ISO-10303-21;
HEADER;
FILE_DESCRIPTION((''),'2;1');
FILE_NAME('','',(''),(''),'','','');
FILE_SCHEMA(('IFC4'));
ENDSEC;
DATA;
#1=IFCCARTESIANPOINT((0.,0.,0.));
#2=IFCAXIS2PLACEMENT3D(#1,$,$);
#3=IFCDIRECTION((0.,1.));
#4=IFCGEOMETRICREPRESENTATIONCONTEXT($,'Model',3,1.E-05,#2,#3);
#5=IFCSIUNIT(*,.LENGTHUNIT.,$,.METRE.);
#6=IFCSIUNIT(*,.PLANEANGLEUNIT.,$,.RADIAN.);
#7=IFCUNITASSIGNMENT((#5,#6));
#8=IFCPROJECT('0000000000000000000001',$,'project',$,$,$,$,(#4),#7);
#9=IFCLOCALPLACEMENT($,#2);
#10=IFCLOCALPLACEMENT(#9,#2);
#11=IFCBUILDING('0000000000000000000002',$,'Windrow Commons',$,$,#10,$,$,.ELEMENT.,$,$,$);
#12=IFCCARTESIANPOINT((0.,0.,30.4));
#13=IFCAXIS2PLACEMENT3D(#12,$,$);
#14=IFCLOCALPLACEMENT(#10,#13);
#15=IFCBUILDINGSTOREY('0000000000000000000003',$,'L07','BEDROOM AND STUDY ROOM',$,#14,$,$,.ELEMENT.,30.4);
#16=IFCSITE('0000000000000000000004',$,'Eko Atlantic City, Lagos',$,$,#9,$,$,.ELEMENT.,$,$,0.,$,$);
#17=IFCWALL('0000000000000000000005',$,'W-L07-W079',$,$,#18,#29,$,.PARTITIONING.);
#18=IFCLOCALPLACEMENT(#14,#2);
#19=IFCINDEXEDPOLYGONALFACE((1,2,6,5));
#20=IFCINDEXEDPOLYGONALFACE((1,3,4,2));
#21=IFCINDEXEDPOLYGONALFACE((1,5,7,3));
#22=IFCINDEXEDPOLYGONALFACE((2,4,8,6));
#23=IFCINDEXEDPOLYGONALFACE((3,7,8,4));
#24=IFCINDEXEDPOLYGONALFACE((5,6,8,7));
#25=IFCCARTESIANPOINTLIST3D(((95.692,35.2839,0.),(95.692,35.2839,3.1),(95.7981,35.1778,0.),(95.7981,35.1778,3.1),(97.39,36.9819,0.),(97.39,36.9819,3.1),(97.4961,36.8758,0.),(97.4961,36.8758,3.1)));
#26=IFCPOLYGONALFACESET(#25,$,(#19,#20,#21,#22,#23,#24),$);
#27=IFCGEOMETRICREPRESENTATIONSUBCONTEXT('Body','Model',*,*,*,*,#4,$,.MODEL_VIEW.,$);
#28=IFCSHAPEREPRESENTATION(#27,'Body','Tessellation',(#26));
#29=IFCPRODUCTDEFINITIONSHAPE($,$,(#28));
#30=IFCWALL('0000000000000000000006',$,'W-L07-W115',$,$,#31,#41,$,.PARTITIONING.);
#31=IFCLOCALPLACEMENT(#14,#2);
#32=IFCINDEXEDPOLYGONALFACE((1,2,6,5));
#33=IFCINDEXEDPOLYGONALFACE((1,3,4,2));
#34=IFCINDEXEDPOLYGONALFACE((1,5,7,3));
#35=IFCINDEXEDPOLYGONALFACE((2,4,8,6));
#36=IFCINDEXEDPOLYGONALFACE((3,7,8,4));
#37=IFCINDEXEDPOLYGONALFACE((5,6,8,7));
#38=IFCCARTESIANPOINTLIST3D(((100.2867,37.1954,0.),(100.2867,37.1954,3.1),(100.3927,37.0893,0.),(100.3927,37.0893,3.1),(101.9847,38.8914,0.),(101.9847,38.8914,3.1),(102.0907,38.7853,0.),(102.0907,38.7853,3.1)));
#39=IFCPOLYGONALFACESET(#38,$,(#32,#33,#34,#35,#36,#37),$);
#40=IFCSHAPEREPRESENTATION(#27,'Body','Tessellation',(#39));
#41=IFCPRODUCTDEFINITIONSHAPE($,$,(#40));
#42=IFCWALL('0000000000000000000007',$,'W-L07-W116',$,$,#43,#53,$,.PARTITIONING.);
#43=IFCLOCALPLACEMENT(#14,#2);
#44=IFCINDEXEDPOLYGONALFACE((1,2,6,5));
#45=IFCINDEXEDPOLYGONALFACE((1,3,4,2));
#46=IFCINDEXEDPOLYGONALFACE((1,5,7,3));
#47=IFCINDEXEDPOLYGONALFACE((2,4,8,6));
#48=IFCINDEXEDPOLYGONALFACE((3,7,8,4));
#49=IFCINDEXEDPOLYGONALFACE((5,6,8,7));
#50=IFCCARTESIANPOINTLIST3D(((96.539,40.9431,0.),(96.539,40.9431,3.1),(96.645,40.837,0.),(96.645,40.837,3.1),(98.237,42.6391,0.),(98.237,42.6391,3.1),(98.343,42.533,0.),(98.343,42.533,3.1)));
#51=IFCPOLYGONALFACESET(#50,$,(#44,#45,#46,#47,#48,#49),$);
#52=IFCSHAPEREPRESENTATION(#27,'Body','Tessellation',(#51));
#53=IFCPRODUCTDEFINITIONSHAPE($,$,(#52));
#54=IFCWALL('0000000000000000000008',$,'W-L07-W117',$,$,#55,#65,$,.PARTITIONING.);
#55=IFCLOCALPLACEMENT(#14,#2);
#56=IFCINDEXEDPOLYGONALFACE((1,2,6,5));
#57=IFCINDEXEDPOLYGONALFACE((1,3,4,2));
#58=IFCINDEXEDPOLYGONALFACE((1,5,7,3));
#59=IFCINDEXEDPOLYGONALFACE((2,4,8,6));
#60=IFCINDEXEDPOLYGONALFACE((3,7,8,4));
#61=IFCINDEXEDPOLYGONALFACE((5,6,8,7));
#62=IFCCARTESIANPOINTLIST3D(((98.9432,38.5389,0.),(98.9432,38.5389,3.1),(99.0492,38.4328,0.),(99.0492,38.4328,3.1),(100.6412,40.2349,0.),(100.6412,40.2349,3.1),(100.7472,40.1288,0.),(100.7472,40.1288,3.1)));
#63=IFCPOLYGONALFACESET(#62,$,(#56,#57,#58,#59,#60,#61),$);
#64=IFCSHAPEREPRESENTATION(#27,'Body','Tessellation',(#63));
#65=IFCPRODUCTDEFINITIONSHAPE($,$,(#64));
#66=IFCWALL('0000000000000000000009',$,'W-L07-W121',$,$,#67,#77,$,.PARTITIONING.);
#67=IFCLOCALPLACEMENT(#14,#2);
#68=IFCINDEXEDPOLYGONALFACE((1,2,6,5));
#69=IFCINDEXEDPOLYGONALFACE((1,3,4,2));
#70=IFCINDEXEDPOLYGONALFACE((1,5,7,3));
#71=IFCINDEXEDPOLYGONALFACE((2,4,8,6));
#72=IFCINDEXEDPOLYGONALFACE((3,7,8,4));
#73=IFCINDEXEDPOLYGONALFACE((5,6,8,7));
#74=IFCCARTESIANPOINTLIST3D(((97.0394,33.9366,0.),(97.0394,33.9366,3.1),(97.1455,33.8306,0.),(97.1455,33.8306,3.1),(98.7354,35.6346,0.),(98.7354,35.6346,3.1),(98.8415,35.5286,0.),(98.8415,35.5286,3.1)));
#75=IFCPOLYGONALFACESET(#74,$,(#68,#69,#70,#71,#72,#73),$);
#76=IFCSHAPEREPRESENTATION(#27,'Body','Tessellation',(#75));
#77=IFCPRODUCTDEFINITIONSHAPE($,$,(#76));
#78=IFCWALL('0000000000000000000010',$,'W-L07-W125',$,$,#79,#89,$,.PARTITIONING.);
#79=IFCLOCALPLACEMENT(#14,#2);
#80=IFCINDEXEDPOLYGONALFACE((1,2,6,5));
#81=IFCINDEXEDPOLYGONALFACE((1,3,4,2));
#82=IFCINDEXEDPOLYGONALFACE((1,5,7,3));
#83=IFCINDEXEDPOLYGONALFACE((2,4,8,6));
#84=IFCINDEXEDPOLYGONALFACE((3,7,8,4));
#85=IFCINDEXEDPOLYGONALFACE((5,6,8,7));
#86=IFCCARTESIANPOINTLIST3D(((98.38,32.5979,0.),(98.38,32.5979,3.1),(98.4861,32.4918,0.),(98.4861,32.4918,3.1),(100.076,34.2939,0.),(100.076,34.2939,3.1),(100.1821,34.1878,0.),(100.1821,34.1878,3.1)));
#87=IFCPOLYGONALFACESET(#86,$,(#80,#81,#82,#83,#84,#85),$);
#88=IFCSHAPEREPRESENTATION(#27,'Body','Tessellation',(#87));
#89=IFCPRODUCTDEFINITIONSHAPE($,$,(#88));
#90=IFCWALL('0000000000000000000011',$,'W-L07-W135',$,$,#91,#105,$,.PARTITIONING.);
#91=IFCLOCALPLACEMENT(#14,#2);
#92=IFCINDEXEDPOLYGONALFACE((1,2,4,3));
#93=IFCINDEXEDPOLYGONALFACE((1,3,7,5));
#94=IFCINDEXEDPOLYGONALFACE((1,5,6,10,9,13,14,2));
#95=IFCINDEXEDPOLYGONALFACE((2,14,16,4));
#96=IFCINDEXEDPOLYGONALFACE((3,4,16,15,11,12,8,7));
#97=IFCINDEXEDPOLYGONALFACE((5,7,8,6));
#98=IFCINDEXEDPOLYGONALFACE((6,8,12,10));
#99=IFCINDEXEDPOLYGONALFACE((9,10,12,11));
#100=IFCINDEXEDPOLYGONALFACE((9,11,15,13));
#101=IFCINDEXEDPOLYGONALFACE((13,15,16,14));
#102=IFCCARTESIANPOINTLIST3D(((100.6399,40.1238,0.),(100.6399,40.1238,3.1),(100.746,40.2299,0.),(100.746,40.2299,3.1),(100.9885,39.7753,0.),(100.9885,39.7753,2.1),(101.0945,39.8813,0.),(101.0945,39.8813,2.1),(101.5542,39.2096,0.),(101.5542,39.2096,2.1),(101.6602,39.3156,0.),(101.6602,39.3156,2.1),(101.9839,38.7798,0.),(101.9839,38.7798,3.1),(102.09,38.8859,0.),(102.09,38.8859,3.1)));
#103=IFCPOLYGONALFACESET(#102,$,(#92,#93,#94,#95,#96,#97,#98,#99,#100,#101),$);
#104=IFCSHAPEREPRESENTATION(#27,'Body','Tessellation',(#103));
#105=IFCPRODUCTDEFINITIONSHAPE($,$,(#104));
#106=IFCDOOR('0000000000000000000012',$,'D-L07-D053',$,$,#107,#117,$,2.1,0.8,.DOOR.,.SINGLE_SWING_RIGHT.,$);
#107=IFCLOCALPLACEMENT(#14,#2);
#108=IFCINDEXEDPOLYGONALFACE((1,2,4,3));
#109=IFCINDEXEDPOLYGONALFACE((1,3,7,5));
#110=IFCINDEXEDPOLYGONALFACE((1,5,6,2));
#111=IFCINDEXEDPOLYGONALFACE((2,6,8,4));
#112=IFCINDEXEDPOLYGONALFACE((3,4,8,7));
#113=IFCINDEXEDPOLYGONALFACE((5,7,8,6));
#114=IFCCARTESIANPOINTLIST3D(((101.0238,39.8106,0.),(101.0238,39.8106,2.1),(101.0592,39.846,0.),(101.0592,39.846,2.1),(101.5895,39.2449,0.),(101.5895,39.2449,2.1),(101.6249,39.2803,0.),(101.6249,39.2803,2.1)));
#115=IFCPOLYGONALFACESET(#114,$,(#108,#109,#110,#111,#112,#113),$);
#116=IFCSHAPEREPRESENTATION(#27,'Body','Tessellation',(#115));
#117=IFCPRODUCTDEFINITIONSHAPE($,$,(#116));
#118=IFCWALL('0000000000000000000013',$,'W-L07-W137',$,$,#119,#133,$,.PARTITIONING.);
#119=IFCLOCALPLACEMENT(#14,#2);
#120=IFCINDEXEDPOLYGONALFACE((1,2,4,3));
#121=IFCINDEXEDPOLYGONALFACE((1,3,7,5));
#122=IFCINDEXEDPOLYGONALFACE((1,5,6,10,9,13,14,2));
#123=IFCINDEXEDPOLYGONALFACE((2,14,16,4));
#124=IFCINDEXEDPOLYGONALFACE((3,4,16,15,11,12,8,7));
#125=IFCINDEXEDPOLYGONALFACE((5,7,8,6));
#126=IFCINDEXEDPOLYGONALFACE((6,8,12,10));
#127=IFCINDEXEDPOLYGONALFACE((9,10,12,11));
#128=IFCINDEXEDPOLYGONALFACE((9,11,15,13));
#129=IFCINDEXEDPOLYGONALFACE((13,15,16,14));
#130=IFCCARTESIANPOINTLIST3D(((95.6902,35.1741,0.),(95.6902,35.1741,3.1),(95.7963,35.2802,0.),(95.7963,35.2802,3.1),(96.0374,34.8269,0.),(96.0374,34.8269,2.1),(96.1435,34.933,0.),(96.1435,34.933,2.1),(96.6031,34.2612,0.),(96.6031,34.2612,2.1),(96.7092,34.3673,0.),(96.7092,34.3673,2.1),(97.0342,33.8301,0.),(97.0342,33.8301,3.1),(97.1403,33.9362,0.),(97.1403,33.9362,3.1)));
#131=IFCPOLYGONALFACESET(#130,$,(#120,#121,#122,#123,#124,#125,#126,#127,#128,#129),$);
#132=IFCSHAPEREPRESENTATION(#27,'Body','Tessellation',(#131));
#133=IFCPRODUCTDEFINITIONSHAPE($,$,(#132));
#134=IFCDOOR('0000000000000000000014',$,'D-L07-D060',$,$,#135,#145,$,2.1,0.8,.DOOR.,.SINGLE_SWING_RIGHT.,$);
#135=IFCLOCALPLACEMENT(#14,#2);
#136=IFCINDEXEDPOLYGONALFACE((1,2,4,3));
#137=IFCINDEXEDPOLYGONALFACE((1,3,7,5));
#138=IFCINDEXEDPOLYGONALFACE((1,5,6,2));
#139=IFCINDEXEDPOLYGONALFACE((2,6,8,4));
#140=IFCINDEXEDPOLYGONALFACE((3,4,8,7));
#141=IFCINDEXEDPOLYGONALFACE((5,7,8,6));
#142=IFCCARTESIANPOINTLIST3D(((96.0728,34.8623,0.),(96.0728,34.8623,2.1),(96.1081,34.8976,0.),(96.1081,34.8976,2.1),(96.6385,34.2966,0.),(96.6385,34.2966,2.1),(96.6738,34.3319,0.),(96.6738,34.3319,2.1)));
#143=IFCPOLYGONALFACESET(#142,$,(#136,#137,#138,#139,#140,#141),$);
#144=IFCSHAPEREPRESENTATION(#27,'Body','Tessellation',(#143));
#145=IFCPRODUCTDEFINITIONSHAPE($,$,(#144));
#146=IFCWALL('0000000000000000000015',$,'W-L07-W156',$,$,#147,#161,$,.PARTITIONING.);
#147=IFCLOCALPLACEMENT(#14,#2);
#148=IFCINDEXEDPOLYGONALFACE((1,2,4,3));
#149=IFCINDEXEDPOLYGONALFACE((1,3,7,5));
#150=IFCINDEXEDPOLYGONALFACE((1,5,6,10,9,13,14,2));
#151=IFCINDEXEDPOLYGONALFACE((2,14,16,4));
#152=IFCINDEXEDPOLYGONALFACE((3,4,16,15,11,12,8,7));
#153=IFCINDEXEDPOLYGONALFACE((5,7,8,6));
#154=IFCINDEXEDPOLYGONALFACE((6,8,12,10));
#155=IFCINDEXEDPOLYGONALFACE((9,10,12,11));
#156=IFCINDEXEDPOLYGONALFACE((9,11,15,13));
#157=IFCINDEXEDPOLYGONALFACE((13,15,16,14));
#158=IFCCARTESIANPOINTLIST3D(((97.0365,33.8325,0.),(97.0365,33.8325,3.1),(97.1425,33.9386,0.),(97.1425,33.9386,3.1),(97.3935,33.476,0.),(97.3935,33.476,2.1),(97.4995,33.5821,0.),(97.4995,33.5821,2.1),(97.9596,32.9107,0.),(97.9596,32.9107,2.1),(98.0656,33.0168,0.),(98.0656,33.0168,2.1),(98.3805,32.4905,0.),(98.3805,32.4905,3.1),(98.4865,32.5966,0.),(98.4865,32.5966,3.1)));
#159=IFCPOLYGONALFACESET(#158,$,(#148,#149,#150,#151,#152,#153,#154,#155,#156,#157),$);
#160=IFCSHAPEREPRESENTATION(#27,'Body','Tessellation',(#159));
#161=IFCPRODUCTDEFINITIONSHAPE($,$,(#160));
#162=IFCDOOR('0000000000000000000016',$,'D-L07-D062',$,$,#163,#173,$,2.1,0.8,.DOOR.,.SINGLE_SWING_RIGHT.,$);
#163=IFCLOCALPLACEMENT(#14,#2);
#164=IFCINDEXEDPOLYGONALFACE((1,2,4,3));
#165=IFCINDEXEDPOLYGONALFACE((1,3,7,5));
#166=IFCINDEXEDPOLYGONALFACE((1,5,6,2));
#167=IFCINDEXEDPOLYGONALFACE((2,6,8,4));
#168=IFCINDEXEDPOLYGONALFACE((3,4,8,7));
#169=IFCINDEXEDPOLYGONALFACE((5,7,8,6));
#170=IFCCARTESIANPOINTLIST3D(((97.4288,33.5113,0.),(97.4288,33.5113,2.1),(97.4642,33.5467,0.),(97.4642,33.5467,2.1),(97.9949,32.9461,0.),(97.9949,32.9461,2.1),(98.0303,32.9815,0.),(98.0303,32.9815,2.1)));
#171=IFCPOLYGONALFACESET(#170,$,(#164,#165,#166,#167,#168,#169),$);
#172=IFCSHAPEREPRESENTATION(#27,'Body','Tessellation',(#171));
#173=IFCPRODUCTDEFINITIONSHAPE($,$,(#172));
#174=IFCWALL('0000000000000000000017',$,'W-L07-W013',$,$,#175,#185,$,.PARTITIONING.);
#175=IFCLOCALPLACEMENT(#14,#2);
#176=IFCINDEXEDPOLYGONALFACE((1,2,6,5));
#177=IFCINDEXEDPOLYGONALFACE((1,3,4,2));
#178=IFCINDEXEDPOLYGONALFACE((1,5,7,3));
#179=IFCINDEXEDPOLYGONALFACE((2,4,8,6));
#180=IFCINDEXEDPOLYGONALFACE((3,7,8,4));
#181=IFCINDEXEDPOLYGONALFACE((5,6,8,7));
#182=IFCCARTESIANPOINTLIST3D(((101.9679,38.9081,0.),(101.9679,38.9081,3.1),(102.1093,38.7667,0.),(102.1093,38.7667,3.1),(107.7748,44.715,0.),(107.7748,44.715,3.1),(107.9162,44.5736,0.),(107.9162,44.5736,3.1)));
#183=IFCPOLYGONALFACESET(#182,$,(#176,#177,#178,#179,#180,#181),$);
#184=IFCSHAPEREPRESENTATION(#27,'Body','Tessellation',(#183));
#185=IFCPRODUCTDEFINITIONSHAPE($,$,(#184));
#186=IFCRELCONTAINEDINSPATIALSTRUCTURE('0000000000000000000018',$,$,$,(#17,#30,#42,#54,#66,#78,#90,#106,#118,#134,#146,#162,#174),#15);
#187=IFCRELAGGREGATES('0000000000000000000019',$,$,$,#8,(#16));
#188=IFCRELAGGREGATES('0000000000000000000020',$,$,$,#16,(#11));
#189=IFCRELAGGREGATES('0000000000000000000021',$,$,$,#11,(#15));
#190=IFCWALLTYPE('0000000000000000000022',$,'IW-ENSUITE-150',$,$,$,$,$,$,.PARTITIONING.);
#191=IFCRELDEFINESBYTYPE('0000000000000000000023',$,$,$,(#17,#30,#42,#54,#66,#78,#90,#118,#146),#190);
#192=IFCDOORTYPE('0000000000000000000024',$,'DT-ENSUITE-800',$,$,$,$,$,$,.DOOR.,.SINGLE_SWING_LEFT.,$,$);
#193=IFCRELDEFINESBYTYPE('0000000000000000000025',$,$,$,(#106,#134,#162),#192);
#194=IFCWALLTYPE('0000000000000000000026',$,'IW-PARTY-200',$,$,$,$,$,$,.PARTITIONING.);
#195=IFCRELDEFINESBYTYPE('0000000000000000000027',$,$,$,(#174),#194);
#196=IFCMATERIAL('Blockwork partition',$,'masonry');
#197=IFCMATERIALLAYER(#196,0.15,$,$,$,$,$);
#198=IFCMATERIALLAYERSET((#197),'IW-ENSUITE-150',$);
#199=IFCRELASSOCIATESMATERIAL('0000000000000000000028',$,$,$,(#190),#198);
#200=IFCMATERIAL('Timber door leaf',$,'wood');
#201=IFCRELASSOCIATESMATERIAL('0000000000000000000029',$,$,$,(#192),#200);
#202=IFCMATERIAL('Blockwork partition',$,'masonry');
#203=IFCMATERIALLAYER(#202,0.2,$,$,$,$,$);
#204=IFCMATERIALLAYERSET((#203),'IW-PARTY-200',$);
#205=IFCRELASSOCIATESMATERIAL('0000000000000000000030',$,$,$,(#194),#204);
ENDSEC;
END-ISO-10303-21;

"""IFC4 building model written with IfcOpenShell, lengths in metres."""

from ifc_helpers import new_model, si_unit, direction, frame, frame_2d, origin, place, context, subcontext, project, spatial, rectangle, extrude, material, layer, layer_set, type_object, element, fill, save


model = new_model("IFC4")

# Units and contexts
model_context = context("Model", 3, precision=1e-05, world=origin(), true_north=direction((0.0, 1.0)))
body_context = subcontext(model_context, "Body", "Model", "MODEL_VIEW")
ifc_project = project(units=[si_unit("LENGTHUNIT", "METRE"), si_unit("PLANEANGLEUNIT", "RADIAN")], contexts=[model_context])

# Site, building, storey
site_placement = place(None, origin())
site = spatial("IfcSite", under=ifc_project, at=site_placement, Name="Eko Atlantic City, Lagos", CompositionType="ELEMENT", RefElevation=0.0)
building_placement = place(site_placement, origin())
building = spatial("IfcBuilding", under=site, at=building_placement, Name="Windrow Commons", CompositionType="ELEMENT")
storey_placement = place(building_placement, frame((0.0, 0.0, 30.4)))
storey = spatial("IfcBuildingStorey", under=building, at=storey_placement, Name="L07", Description="BEDROOM AND STUDY ROOM", CompositionType="ELEMENT", Elevation=30.4)

# Walls
ifc_material_1 = material(Name="Blockwork partition", Category="masonry")
ifc_layer_1 = layer(ifc_material_1, 0.15)
ifc_layer_set_1 = layer_set([ifc_layer_1], Name="IW-ENSUITE-150")
wall_type_1 = type_object("IfcWallType", Name="IW-ENSUITE-150", PredefinedType="PARTITIONING", material=ifc_layer_set_1)
wall_1_placement = place(storey_placement, frame((95.7451, 35.2309, 0.0), z_axis=(0.0, 0.0, 1.0), x_axis=(0.707107, 0.707107, 0.0)))
element("IfcWall", 1, at=wall_1_placement, inside=storey, type_object=wall_type_1, Name="W-L07-W079", PredefinedType="PARTITIONING", context=body_context, shape_type="SweptSolid", body=[
    extrude(rectangle(XDim=2.4013, YDim=0.15, at=frame_2d((1.2006, 0.0))), origin(), (0.0, 0.0, 1.0), 3.1),
])
for number, where, z_axis, x_axis, name in (
    (2, (100.3397, 37.1423, 0.0), (0.0, 0.0, 1.0), (0.707523, 0.70669, 0.0), "W-L07-W115"),
    (3, (96.592, 40.89, 0.0), (0.0, 0.0, 1.0), (0.707523, 0.70669, 0.0), "W-L07-W116"),
    (4, (98.9962, 38.4858, 0.0), (0.0, 0.0, 1.0), (0.707523, 0.70669, 0.0), "W-L07-W117"),
    (5, (97.0924, 33.8836, 0.0), (0.0, 0.0, 1.0), (0.70669, 0.707523, 0.0), "W-L07-W121"),
):
    element("IfcWall", number, at=place(storey_placement, frame(where, z_axis=z_axis, x_axis=x_axis)), inside=storey, type_object=wall_type_1, Name=name, PredefinedType="PARTITIONING", context=body_context, shape_type="SweptSolid", body=[
        extrude(rectangle(XDim=2.3999, YDim=0.15, at=frame_2d((1.2, 0.0))), origin(), (0.0, 0.0, 1.0), 3.1),
    ])
wall_2_placement = place(storey_placement, frame((98.4331, 32.5449, 0.0), z_axis=(0.0, 0.0, 1.0), x_axis=(0.707107, 0.707107, 0.0)))
element("IfcWall", 6, at=wall_2_placement, inside=storey, type_object=wall_type_1, Name="W-L07-W125", PredefinedType="PARTITIONING", context=body_context, shape_type="SweptSolid", body=[
    extrude(rectangle(XDim=2.3985, YDim=0.15, at=frame_2d((1.1992, 0.0))), origin(), (0.0, 0.0, 1.0), 3.1),
])

# Walls, openings, doors
wall_3_placement = place(storey_placement, frame((100.6929, 40.1769, 0.0), z_axis=(0.0, 0.0, 1.0), x_axis=(0.707107, -0.707107, 0.0)))
wall_3 = element("IfcWall", 7, at=wall_3_placement, inside=storey, type_object=wall_type_1, Name="W-L07-W135", PredefinedType="PARTITIONING", context=body_context, shape_type="SweptSolid", body=[
    extrude(rectangle(XDim=1.9007, YDim=0.15, at=frame_2d((0.9504, 0.0))), origin(), (0.0, 0.0, 1.0), 3.1),
])
opening_1_placement = place(wall_3_placement, frame((0.493, 0.0, 0.0)))
opening_1 = element("IfcOpeningElement", 8, at=opening_1_placement, cuts=wall_3, PredefinedType="OPENING", context=body_context, shape_type="SweptSolid", body=[
    extrude(rectangle(XDim=0.8, YDim=2.1, at=frame_2d((0.4, 1.05))), frame((0.0, 0.085, 0.0), z_axis=(0.0, -1.0, 0.0), x_axis=(1.0, 0.0, 0.0)), (0.0, 0.0, 1.0), 0.17),
])
ifc_material_2 = material(Name="Timber door leaf", Category="wood")
door_type = type_object("IfcDoorType", Name="DT-ENSUITE-800", OperationType="SINGLE_SWING_LEFT", PredefinedType="DOOR", material=ifc_material_2)
door_1_placement = place(opening_1_placement, origin())
door_1 = element("IfcDoor", 9, at=door_1_placement, inside=storey, type_object=door_type, Name="D-L07-D053", OperationType="SINGLE_SWING_RIGHT", OverallHeight=2.1, OverallWidth=0.8, PredefinedType="DOOR", context=body_context, shape_type="SweptSolid", body=[
    extrude(rectangle(XDim=0.8, YDim=2.1, at=frame_2d((0.4, 1.05))), frame((0.0, 0.025, 0.0), z_axis=(0.0, -1.0, 0.0), x_axis=(1.0, 0.0, 0.0)), (0.0, 0.0, 1.0), 0.05),
])
fill(opening_1, door_1)
wall_4_placement = place(storey_placement, frame((95.7432, 35.2272, 0.0), z_axis=(0.0, 0.0, 1.0), x_axis=(0.707107, -0.707107, 0.0)))
wall_4 = element("IfcWall", 10, at=wall_4_placement, inside=storey, type_object=wall_type_1, Name="W-L07-W137", PredefinedType="PARTITIONING", context=body_context, shape_type="SweptSolid", body=[
    extrude(rectangle(XDim=1.9007, YDim=0.15, at=frame_2d((0.9504, 0.0))), origin(), (0.0, 0.0, 1.0), 3.1),
])
opening_2_placement = place(wall_4_placement, frame((0.4911, 0.0, 0.0)))
opening_2 = element("IfcOpeningElement", 11, at=opening_2_placement, cuts=wall_4, PredefinedType="OPENING", context=body_context, shape_type="SweptSolid", body=[
    extrude(rectangle(XDim=0.8, YDim=2.1, at=frame_2d((0.4, 1.05))), frame((0.0, 0.085, 0.0), z_axis=(0.0, -1.0, 0.0), x_axis=(1.0, 0.0, 0.0)), (0.0, 0.0, 1.0), 0.17),
])
door_2_placement = place(opening_2_placement, origin())
door_2 = element("IfcDoor", 12, at=door_2_placement, inside=storey, type_object=door_type, Name="D-L07-D060", OperationType="SINGLE_SWING_RIGHT", OverallHeight=2.1, OverallWidth=0.8, PredefinedType="DOOR", context=body_context, shape_type="SweptSolid", body=[
    extrude(rectangle(XDim=0.8, YDim=2.1, at=frame_2d((0.4, 1.05))), frame((0.0, 0.025, 0.0), z_axis=(0.0, -1.0, 0.0), x_axis=(1.0, 0.0, 0.0)), (0.0, 0.0, 1.0), 0.05),
])
fill(opening_2, door_2)
wall_5_placement = place(storey_placement, frame((97.0895, 33.8855, 0.0), z_axis=(0.0, 0.0, 1.0), x_axis=(0.707633, -0.70658, 0.0)))
wall_5 = element("IfcWall", 13, at=wall_5_placement, inside=storey, type_object=wall_type_1, Name="W-L07-W156", PredefinedType="PARTITIONING", context=body_context, shape_type="SweptSolid", body=[
    extrude(rectangle(XDim=1.8993, YDim=0.15, at=frame_2d((0.9496, 0.0))), origin(), (0.0, 0.0, 1.0), 3.1),
])
opening_3_placement = place(wall_5_placement, frame((0.5045, 0.0, 0.0)))
opening_3 = element("IfcOpeningElement", 14, at=opening_3_placement, cuts=wall_5, PredefinedType="OPENING", context=body_context, shape_type="SweptSolid", body=[
    extrude(rectangle(XDim=0.8, YDim=2.1, at=frame_2d((0.4, 1.05))), frame((0.0, 0.085, 0.0), z_axis=(0.0, -1.0, 0.0), x_axis=(1.0, 0.0, 0.0)), (0.0, 0.0, 1.0), 0.17),
])
door_3_placement = place(opening_3_placement, origin())
door_3 = element("IfcDoor", 15, at=door_3_placement, inside=storey, type_object=door_type, Name="D-L07-D062", OperationType="SINGLE_SWING_RIGHT", OverallHeight=2.1, OverallWidth=0.8, PredefinedType="DOOR", context=body_context, shape_type="SweptSolid", body=[
    extrude(rectangle(XDim=0.8, YDim=2.1, at=frame_2d((0.4, 1.05))), frame((0.0, 0.025, 0.0), z_axis=(0.0, -1.0, 0.0), x_axis=(1.0, 0.0, 0.0)), (0.0, 0.0, 1.0), 0.05),
])
fill(opening_3, door_3)

# Wall
ifc_material_3 = material(Name="Blockwork partition", Category="masonry")
ifc_layer_2 = layer(ifc_material_3, 0.2)
ifc_layer_set_2 = layer_set([ifc_layer_2], Name="IW-PARTY-200")
wall_type_2 = type_object("IfcWallType", Name="IW-PARTY-200", PredefinedType="PARTITIONING", material=ifc_layer_set_2)
wall_6_placement = place(storey_placement, frame((102.0386, 38.8374, 0.0), z_axis=(0.0, 0.0, 1.0), x_axis=(0.707107, 0.707107, 0.0)))
element("IfcWall", 16, at=wall_6_placement, inside=storey, type_object=wall_type_2, Name="W-L07-W013", PredefinedType="PARTITIONING", context=body_context, shape_type="SweptSolid", body=[
    extrude(rectangle(XDim=8.2122, YDim=0.2, at=frame_2d((4.1061, 0.0))), origin(), (0.0, 0.0, 1.0), 3.1),
])

save(model, "model.ifc")
